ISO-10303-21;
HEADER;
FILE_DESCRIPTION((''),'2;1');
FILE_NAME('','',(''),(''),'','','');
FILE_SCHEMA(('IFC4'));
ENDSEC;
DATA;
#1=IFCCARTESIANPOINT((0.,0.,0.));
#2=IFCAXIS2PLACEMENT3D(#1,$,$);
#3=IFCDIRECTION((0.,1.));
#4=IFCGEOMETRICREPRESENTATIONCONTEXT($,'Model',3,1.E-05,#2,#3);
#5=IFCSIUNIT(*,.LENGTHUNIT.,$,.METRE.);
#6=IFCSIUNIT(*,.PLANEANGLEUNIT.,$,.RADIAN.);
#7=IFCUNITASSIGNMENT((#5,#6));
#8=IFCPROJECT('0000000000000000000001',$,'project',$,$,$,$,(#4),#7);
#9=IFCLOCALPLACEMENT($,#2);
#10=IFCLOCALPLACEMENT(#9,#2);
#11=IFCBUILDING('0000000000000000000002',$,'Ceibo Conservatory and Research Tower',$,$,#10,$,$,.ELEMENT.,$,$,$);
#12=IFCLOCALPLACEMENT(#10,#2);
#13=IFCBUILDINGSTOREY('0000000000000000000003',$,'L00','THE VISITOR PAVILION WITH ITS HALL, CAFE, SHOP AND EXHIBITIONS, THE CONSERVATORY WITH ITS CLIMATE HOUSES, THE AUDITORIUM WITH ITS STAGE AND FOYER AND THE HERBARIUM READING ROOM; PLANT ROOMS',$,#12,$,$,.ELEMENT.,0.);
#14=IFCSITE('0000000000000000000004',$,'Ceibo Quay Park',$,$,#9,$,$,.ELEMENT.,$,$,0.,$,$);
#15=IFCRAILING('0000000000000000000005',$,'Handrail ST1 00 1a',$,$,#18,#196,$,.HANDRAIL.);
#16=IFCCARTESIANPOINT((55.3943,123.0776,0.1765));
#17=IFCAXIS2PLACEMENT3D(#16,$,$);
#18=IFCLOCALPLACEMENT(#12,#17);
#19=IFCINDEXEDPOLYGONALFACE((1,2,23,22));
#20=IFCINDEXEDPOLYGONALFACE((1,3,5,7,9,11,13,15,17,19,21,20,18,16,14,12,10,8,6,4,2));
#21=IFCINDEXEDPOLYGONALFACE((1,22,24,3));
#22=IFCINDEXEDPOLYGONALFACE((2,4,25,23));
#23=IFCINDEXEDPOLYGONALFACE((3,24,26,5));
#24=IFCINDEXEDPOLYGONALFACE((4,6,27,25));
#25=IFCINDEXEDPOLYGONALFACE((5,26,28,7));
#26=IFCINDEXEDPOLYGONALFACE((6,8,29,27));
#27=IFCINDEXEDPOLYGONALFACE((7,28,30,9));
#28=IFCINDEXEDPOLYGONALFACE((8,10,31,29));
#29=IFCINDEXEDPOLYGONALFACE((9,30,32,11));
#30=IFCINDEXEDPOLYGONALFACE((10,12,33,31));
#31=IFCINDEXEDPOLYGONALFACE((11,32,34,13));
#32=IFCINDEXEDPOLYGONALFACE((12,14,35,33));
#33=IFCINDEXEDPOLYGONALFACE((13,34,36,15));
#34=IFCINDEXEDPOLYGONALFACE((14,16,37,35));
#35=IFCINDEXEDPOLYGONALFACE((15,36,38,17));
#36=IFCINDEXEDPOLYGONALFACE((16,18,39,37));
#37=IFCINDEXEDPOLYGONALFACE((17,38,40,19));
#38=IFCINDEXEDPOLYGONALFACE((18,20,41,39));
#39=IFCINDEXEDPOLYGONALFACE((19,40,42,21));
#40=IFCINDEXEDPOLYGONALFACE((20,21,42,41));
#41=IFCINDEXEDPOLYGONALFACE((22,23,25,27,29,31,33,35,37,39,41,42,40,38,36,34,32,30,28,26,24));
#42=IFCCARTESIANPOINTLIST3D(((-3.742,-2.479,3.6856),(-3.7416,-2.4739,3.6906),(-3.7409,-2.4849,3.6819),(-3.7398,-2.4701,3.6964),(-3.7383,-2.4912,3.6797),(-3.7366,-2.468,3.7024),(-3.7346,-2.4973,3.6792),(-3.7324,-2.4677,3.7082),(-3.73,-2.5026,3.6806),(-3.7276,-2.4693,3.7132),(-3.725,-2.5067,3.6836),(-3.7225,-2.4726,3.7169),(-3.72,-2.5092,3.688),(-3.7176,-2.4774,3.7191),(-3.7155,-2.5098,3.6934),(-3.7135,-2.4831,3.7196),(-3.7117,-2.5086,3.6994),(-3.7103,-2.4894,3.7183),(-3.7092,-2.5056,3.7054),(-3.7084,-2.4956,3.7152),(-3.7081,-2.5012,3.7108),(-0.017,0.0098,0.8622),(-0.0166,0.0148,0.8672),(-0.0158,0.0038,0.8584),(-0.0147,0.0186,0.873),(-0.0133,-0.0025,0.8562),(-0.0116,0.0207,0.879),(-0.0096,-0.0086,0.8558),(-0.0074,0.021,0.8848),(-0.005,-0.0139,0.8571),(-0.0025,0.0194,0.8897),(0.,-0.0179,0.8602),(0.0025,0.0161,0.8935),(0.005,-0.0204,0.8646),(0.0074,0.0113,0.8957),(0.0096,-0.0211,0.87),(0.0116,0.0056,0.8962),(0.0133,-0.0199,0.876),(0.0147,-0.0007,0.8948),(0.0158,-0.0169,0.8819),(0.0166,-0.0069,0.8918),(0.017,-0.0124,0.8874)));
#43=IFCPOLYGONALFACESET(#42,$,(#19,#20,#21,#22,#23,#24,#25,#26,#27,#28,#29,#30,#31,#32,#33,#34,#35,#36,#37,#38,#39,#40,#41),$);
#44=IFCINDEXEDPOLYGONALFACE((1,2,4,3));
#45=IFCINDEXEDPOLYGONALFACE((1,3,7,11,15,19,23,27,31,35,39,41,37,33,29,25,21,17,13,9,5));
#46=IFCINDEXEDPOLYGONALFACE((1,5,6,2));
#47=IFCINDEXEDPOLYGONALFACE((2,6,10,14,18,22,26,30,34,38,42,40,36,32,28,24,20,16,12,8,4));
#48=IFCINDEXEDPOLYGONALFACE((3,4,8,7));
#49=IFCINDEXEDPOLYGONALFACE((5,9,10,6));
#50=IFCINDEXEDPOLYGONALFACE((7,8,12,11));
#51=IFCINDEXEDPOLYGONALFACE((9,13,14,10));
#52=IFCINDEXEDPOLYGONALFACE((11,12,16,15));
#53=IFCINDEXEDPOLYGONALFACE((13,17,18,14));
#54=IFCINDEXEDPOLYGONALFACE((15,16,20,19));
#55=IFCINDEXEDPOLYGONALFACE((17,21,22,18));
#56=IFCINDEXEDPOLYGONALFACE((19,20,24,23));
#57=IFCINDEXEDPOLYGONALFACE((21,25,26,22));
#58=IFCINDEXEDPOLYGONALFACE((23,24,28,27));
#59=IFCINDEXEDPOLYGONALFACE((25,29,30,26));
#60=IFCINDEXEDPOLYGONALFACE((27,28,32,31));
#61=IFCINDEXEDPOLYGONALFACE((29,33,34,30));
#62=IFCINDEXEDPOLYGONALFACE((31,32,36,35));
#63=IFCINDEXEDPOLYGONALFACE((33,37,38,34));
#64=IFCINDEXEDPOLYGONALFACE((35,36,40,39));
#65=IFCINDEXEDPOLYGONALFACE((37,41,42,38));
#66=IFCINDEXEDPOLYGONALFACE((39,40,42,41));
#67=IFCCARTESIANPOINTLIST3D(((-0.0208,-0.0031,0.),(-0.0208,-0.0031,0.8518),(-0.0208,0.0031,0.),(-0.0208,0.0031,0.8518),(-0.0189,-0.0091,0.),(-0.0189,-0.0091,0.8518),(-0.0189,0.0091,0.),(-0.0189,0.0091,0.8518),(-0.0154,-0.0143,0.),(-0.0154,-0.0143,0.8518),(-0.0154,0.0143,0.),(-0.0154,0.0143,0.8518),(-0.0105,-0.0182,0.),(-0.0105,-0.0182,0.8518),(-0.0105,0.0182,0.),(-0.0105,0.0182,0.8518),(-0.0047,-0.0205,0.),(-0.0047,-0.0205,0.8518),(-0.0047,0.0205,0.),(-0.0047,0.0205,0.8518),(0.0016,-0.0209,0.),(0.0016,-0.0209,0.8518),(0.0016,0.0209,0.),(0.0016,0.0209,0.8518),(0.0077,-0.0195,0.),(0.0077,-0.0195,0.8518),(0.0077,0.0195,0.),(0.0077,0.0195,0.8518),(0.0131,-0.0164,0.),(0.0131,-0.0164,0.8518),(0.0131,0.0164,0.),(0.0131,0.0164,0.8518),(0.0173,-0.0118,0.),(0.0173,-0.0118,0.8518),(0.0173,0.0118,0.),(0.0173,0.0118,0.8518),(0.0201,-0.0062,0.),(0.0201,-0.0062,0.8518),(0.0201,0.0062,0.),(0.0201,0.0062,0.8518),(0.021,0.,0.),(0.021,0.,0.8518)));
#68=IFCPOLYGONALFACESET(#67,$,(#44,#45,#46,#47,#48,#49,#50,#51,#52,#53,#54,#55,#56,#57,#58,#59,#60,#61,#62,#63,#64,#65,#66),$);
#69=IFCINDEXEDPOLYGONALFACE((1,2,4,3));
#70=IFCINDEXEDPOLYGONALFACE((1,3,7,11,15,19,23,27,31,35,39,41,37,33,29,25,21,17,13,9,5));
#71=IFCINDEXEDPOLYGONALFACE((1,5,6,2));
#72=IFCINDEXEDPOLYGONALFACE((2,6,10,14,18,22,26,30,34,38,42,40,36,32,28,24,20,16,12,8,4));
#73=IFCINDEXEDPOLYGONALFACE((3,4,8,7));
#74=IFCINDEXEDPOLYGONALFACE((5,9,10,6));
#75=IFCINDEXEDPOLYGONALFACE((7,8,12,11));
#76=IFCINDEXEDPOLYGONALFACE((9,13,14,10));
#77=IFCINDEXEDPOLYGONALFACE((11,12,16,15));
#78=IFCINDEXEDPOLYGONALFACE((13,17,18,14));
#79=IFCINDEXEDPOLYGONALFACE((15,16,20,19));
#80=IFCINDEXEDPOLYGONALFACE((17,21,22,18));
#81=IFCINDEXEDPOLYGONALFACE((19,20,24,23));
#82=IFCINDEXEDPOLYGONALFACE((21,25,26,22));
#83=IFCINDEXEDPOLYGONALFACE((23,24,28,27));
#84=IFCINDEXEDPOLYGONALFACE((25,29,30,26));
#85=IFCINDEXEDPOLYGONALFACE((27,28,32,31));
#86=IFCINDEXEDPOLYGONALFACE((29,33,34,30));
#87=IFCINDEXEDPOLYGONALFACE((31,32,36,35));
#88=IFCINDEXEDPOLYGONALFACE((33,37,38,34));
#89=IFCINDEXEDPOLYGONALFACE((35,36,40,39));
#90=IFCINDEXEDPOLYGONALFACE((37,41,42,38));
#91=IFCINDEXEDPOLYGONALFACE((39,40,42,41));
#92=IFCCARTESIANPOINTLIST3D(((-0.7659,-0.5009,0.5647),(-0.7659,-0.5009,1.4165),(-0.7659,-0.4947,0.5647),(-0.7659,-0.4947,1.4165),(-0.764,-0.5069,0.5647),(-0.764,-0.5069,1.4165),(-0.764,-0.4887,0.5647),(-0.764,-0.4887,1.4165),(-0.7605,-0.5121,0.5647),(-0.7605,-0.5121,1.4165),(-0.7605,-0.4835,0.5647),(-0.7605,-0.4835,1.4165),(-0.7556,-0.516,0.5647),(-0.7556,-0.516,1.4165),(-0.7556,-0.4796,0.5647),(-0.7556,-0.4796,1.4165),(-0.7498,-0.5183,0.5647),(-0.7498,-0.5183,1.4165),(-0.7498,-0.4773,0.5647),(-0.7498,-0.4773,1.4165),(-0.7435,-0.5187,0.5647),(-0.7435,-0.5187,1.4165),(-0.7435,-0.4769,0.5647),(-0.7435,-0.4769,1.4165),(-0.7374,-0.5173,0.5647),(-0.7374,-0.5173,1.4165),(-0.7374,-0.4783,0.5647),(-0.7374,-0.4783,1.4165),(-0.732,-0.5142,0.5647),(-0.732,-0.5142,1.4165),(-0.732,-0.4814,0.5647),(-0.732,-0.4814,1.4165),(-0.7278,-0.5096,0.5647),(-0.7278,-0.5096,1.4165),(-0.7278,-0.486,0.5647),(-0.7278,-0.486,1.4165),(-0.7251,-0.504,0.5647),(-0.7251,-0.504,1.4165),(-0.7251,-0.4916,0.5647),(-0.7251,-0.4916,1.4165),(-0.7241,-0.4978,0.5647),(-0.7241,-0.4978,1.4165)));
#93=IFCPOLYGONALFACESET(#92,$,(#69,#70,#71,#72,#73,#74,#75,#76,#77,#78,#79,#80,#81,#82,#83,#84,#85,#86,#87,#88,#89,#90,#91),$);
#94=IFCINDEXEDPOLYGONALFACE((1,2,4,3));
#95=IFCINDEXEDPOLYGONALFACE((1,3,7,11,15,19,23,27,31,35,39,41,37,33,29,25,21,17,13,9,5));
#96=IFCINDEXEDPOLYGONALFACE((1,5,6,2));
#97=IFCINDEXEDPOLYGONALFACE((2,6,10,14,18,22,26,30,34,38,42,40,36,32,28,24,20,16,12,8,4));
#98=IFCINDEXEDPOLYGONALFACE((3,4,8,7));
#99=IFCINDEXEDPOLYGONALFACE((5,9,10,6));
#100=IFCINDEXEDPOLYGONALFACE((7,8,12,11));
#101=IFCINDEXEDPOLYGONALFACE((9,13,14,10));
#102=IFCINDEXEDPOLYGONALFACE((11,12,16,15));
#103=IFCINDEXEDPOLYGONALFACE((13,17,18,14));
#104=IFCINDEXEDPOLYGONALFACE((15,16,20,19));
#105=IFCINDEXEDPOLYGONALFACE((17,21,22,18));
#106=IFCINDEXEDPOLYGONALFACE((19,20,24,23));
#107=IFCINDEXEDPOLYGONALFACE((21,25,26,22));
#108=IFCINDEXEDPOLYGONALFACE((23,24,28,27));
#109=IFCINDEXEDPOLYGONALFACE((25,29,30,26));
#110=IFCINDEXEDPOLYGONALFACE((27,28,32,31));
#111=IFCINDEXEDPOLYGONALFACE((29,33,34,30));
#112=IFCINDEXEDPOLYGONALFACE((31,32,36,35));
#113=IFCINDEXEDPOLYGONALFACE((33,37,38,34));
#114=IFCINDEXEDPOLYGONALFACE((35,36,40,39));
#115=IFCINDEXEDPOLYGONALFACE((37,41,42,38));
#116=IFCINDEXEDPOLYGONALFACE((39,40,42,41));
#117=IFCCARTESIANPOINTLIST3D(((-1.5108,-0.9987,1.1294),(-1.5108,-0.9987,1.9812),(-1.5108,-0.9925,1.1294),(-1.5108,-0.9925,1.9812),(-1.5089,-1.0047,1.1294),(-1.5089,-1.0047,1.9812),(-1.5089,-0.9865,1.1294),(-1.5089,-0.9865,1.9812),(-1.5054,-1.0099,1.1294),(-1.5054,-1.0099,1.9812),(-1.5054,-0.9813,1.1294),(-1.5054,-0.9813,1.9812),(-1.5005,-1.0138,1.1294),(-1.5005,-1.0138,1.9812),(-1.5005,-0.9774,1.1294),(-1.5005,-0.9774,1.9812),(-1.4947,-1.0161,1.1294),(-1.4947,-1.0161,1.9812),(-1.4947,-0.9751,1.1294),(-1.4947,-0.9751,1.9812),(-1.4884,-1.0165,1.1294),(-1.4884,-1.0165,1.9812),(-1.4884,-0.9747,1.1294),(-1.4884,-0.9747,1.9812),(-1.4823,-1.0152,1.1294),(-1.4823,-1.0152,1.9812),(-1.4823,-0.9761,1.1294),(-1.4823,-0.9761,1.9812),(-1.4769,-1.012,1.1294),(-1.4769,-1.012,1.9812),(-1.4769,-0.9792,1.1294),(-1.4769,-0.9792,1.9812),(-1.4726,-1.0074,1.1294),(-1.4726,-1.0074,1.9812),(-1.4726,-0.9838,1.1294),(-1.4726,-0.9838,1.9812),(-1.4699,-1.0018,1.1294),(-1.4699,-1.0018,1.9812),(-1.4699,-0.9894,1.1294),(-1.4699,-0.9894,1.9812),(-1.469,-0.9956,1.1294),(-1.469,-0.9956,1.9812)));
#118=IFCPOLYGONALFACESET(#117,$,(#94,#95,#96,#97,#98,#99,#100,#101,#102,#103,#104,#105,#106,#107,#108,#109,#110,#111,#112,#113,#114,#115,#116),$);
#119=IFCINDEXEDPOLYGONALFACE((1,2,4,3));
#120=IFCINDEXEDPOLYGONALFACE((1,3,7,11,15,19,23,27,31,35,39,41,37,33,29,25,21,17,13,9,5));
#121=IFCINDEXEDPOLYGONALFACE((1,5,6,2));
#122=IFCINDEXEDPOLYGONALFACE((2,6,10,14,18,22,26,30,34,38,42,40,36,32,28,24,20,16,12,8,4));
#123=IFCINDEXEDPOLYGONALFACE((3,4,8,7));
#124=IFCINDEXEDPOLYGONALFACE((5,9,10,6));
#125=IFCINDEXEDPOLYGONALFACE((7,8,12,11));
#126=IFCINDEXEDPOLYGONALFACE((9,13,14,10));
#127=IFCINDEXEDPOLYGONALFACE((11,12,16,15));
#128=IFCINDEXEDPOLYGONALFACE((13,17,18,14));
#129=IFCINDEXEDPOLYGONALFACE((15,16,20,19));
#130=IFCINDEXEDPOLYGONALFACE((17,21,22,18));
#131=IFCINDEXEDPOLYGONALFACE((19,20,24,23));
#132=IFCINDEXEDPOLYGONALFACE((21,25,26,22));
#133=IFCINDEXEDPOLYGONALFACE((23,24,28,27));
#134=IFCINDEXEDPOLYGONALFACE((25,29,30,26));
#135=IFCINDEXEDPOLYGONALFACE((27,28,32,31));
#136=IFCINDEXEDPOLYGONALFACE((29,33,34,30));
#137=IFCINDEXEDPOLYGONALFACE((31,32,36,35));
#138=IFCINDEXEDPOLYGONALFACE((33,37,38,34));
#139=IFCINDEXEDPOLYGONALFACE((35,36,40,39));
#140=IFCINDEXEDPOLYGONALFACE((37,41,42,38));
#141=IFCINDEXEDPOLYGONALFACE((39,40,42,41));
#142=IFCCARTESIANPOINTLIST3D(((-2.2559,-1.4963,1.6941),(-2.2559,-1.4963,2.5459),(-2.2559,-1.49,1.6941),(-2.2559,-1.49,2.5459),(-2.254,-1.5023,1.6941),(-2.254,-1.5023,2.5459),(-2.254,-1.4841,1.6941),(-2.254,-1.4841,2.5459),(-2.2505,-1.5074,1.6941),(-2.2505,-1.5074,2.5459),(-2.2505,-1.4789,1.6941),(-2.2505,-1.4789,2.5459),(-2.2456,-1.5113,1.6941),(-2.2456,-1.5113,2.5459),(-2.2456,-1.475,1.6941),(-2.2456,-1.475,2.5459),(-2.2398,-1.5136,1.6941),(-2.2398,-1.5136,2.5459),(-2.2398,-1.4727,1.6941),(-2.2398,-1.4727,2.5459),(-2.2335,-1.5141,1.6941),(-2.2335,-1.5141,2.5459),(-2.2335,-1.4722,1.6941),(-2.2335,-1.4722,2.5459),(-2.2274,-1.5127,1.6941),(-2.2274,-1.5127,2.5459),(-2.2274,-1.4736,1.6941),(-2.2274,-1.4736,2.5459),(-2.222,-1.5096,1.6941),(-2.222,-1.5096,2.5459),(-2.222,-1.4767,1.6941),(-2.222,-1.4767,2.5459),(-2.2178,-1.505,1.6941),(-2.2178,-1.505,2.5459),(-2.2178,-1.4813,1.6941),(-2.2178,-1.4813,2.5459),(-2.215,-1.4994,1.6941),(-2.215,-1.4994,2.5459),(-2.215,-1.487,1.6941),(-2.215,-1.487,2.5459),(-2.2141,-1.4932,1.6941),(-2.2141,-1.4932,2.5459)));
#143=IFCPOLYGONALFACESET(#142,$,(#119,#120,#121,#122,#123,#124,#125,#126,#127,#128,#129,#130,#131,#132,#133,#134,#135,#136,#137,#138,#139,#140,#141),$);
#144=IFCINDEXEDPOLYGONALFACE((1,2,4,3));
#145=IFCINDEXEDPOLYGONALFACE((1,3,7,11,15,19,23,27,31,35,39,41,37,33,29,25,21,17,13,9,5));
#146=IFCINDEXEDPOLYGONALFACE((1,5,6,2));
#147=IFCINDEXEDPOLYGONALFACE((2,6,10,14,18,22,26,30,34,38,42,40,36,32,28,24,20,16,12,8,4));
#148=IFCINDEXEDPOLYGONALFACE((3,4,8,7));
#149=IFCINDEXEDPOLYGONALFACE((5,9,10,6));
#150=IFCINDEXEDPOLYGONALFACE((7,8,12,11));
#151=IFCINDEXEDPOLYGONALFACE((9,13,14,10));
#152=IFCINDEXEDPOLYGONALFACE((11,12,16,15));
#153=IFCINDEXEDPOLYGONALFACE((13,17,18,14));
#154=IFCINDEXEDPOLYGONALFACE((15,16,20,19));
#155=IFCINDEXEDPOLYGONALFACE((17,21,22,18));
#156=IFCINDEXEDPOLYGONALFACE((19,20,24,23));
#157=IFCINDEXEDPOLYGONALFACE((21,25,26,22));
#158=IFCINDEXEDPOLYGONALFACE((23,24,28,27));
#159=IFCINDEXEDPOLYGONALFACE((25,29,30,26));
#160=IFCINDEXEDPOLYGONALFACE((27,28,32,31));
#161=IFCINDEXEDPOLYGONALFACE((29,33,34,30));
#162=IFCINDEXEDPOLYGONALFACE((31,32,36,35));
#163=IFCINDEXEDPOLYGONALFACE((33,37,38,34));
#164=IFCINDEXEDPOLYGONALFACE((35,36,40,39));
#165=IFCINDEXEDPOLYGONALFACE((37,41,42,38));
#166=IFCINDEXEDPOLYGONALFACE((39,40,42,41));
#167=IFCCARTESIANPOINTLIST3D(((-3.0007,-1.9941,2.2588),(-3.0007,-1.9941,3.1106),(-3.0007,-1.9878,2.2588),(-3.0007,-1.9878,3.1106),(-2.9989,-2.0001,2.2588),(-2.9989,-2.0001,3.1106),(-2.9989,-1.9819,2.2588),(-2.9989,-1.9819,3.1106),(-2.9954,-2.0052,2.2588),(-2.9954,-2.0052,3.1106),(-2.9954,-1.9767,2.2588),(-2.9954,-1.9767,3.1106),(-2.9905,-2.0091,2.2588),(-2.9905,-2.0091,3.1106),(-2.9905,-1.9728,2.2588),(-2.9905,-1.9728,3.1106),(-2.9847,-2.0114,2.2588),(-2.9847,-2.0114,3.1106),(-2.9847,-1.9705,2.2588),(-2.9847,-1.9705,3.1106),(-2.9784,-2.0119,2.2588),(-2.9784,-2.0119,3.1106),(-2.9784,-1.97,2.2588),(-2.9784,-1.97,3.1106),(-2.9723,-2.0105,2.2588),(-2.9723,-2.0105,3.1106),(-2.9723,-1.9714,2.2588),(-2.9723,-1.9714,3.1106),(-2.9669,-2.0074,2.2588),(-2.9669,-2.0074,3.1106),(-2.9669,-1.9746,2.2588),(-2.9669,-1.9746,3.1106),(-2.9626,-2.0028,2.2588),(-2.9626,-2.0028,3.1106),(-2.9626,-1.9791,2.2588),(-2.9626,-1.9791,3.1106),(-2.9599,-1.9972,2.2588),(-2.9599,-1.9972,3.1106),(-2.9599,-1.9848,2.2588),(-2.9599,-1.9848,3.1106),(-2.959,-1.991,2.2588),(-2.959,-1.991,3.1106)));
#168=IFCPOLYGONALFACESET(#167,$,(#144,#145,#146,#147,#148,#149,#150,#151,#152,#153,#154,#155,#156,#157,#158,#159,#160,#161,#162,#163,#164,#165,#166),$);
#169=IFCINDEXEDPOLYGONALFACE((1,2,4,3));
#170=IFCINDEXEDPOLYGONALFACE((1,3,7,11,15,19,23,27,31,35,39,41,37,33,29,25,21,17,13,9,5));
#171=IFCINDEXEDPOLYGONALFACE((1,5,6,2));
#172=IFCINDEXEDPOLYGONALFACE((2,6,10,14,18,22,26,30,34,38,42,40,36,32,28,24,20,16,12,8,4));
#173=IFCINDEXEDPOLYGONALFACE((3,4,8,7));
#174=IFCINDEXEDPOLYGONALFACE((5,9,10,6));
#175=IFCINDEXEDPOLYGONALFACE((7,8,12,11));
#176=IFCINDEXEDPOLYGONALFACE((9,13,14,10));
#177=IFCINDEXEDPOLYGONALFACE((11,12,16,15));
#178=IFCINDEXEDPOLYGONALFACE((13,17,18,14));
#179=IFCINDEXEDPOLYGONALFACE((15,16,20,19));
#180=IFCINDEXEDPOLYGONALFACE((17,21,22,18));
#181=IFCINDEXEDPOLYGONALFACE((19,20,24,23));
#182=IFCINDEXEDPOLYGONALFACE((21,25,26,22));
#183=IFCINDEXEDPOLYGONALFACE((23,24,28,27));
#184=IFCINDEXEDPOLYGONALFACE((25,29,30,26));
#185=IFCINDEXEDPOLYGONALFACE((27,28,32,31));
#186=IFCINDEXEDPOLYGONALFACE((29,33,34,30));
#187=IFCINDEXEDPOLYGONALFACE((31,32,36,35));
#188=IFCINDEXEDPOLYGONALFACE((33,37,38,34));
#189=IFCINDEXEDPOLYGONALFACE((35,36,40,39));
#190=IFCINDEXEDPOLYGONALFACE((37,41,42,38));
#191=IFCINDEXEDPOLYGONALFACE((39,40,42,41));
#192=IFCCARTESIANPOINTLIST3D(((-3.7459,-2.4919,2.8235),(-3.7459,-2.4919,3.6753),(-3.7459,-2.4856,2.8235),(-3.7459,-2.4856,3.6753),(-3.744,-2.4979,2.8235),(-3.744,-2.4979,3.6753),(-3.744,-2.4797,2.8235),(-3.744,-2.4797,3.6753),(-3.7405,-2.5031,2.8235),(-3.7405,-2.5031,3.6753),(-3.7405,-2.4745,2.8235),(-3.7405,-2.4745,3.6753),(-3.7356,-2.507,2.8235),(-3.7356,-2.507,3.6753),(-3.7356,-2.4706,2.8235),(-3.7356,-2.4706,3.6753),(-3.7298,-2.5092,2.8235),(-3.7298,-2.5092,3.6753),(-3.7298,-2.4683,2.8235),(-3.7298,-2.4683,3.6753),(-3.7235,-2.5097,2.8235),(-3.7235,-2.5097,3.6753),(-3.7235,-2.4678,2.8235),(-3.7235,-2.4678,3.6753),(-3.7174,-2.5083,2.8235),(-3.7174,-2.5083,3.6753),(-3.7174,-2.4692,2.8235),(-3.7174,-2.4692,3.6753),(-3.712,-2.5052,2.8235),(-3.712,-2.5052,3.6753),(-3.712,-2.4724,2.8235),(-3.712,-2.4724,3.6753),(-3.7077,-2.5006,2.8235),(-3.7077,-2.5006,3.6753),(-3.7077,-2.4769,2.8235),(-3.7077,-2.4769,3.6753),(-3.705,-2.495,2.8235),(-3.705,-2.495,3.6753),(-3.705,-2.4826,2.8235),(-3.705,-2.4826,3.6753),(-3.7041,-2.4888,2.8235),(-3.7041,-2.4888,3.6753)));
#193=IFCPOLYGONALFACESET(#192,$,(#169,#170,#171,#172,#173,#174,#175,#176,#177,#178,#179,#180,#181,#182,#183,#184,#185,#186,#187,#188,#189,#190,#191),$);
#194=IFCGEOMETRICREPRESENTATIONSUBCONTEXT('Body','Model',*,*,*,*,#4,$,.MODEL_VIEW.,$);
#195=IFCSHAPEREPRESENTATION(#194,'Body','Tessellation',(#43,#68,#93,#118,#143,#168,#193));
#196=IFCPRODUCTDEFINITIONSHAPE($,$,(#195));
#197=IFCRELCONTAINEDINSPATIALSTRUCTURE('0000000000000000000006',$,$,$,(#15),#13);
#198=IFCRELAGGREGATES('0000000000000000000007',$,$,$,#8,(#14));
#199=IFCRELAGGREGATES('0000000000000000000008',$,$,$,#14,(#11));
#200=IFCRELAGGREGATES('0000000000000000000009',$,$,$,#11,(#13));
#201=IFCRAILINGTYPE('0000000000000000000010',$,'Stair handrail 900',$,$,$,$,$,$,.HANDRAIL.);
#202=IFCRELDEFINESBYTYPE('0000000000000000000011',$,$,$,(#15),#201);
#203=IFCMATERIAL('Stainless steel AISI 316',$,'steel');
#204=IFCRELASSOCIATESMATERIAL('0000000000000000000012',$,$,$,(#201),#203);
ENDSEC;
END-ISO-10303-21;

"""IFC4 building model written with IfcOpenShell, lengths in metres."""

from ifc_helpers import new_model, si_unit, direction, frame, origin, origin_2d, place, context, subcontext, project, spatial, circle, extrude, material, type_object, element, save


model = new_model("IFC4")

# Units and contexts
model_context = context("Model", 3, precision=1e-05, world=origin(), true_north=direction((0.0, 1.0)))
body_context = subcontext(model_context, "Body", "Model", "MODEL_VIEW")
ifc_project = project(units=[si_unit("LENGTHUNIT", "METRE"), si_unit("PLANEANGLEUNIT", "RADIAN")], contexts=[model_context])

# Site, building, storey
site_placement = place(None, origin())
site = spatial("IfcSite", under=ifc_project, at=site_placement, Name="Ceibo Quay Park", CompositionType="ELEMENT", RefElevation=0.0)
building_placement = place(site_placement, origin())
building = spatial("IfcBuilding", under=site, at=building_placement, Name="Ceibo Conservatory and Research Tower", CompositionType="ELEMENT")
storey_placement = place(building_placement, origin())
storey = spatial("IfcBuildingStorey", under=building, at=storey_placement, Name="L00", Description="THE VISITOR PAVILION WITH ITS HALL, CAFE, SHOP AND EXHIBITIONS, THE CONSERVATORY WITH ITS CLIMATE HOUSES, THE AUDITORIUM WITH ITS STAGE AND FOYER AND THE HERBARIUM READING ROOM; PLANT ROOMS", CompositionType="ELEMENT", Elevation=0.0)

# Shared definitions
ifc_material_1 = material(Name="Stainless steel AISI 316", Category="steel")

# Railing
railing_type = type_object("IfcRailingType", Name="Stair handrail 900", PredefinedType="HANDRAIL", material=ifc_material_1)
railing_1_placement = place(storey_placement, frame((55.3943, 123.0776, 0.1765)))
element("IfcRailing", 1, at=railing_1_placement, inside=storey, type_object=railing_type, Name="Handrail ST1 00 1a", PredefinedType="HANDRAIL", context=body_context, shape_type="SweptSolid", body=[
    extrude(circle(Radius=0.0239, at=origin_2d()), frame((0.0, 0.0, 0.876), z_axis=(-0.703445, -0.469978, 0.533185), x_axis=(0.55553, -0.831497, 0.0)), (0.0, 0.0, 1.0), 5.2954),
    extrude(circle(Radius=0.021, at=origin_2d()), origin(), (0.0, 0.0, 1.0), 0.8518),
    extrude(circle(Radius=0.021, at=origin_2d()), frame((-0.7451, -0.4978, 0.5647)), (0.0, 0.0, 1.0), 0.8518),
    extrude(circle(Radius=0.021, at=origin_2d()), frame((-1.49, -0.9956, 1.1294)), (0.0, 0.0, 1.0), 0.8518),
    extrude(circle(Radius=0.021, at=origin_2d()), frame((-2.2351, -1.4932, 1.6941)), (0.0, 0.0, 1.0), 0.8518),
    extrude(circle(Radius=0.021, at=origin_2d()), frame((-2.98, -1.991, 2.2588)), (0.0, 0.0, 1.0), 0.8518),
    extrude(circle(Radius=0.021, at=origin_2d()), frame((-3.7251, -2.4888, 2.8235)), (0.0, 0.0, 1.0), 0.8518),
])

save(model, "model.ifc")
